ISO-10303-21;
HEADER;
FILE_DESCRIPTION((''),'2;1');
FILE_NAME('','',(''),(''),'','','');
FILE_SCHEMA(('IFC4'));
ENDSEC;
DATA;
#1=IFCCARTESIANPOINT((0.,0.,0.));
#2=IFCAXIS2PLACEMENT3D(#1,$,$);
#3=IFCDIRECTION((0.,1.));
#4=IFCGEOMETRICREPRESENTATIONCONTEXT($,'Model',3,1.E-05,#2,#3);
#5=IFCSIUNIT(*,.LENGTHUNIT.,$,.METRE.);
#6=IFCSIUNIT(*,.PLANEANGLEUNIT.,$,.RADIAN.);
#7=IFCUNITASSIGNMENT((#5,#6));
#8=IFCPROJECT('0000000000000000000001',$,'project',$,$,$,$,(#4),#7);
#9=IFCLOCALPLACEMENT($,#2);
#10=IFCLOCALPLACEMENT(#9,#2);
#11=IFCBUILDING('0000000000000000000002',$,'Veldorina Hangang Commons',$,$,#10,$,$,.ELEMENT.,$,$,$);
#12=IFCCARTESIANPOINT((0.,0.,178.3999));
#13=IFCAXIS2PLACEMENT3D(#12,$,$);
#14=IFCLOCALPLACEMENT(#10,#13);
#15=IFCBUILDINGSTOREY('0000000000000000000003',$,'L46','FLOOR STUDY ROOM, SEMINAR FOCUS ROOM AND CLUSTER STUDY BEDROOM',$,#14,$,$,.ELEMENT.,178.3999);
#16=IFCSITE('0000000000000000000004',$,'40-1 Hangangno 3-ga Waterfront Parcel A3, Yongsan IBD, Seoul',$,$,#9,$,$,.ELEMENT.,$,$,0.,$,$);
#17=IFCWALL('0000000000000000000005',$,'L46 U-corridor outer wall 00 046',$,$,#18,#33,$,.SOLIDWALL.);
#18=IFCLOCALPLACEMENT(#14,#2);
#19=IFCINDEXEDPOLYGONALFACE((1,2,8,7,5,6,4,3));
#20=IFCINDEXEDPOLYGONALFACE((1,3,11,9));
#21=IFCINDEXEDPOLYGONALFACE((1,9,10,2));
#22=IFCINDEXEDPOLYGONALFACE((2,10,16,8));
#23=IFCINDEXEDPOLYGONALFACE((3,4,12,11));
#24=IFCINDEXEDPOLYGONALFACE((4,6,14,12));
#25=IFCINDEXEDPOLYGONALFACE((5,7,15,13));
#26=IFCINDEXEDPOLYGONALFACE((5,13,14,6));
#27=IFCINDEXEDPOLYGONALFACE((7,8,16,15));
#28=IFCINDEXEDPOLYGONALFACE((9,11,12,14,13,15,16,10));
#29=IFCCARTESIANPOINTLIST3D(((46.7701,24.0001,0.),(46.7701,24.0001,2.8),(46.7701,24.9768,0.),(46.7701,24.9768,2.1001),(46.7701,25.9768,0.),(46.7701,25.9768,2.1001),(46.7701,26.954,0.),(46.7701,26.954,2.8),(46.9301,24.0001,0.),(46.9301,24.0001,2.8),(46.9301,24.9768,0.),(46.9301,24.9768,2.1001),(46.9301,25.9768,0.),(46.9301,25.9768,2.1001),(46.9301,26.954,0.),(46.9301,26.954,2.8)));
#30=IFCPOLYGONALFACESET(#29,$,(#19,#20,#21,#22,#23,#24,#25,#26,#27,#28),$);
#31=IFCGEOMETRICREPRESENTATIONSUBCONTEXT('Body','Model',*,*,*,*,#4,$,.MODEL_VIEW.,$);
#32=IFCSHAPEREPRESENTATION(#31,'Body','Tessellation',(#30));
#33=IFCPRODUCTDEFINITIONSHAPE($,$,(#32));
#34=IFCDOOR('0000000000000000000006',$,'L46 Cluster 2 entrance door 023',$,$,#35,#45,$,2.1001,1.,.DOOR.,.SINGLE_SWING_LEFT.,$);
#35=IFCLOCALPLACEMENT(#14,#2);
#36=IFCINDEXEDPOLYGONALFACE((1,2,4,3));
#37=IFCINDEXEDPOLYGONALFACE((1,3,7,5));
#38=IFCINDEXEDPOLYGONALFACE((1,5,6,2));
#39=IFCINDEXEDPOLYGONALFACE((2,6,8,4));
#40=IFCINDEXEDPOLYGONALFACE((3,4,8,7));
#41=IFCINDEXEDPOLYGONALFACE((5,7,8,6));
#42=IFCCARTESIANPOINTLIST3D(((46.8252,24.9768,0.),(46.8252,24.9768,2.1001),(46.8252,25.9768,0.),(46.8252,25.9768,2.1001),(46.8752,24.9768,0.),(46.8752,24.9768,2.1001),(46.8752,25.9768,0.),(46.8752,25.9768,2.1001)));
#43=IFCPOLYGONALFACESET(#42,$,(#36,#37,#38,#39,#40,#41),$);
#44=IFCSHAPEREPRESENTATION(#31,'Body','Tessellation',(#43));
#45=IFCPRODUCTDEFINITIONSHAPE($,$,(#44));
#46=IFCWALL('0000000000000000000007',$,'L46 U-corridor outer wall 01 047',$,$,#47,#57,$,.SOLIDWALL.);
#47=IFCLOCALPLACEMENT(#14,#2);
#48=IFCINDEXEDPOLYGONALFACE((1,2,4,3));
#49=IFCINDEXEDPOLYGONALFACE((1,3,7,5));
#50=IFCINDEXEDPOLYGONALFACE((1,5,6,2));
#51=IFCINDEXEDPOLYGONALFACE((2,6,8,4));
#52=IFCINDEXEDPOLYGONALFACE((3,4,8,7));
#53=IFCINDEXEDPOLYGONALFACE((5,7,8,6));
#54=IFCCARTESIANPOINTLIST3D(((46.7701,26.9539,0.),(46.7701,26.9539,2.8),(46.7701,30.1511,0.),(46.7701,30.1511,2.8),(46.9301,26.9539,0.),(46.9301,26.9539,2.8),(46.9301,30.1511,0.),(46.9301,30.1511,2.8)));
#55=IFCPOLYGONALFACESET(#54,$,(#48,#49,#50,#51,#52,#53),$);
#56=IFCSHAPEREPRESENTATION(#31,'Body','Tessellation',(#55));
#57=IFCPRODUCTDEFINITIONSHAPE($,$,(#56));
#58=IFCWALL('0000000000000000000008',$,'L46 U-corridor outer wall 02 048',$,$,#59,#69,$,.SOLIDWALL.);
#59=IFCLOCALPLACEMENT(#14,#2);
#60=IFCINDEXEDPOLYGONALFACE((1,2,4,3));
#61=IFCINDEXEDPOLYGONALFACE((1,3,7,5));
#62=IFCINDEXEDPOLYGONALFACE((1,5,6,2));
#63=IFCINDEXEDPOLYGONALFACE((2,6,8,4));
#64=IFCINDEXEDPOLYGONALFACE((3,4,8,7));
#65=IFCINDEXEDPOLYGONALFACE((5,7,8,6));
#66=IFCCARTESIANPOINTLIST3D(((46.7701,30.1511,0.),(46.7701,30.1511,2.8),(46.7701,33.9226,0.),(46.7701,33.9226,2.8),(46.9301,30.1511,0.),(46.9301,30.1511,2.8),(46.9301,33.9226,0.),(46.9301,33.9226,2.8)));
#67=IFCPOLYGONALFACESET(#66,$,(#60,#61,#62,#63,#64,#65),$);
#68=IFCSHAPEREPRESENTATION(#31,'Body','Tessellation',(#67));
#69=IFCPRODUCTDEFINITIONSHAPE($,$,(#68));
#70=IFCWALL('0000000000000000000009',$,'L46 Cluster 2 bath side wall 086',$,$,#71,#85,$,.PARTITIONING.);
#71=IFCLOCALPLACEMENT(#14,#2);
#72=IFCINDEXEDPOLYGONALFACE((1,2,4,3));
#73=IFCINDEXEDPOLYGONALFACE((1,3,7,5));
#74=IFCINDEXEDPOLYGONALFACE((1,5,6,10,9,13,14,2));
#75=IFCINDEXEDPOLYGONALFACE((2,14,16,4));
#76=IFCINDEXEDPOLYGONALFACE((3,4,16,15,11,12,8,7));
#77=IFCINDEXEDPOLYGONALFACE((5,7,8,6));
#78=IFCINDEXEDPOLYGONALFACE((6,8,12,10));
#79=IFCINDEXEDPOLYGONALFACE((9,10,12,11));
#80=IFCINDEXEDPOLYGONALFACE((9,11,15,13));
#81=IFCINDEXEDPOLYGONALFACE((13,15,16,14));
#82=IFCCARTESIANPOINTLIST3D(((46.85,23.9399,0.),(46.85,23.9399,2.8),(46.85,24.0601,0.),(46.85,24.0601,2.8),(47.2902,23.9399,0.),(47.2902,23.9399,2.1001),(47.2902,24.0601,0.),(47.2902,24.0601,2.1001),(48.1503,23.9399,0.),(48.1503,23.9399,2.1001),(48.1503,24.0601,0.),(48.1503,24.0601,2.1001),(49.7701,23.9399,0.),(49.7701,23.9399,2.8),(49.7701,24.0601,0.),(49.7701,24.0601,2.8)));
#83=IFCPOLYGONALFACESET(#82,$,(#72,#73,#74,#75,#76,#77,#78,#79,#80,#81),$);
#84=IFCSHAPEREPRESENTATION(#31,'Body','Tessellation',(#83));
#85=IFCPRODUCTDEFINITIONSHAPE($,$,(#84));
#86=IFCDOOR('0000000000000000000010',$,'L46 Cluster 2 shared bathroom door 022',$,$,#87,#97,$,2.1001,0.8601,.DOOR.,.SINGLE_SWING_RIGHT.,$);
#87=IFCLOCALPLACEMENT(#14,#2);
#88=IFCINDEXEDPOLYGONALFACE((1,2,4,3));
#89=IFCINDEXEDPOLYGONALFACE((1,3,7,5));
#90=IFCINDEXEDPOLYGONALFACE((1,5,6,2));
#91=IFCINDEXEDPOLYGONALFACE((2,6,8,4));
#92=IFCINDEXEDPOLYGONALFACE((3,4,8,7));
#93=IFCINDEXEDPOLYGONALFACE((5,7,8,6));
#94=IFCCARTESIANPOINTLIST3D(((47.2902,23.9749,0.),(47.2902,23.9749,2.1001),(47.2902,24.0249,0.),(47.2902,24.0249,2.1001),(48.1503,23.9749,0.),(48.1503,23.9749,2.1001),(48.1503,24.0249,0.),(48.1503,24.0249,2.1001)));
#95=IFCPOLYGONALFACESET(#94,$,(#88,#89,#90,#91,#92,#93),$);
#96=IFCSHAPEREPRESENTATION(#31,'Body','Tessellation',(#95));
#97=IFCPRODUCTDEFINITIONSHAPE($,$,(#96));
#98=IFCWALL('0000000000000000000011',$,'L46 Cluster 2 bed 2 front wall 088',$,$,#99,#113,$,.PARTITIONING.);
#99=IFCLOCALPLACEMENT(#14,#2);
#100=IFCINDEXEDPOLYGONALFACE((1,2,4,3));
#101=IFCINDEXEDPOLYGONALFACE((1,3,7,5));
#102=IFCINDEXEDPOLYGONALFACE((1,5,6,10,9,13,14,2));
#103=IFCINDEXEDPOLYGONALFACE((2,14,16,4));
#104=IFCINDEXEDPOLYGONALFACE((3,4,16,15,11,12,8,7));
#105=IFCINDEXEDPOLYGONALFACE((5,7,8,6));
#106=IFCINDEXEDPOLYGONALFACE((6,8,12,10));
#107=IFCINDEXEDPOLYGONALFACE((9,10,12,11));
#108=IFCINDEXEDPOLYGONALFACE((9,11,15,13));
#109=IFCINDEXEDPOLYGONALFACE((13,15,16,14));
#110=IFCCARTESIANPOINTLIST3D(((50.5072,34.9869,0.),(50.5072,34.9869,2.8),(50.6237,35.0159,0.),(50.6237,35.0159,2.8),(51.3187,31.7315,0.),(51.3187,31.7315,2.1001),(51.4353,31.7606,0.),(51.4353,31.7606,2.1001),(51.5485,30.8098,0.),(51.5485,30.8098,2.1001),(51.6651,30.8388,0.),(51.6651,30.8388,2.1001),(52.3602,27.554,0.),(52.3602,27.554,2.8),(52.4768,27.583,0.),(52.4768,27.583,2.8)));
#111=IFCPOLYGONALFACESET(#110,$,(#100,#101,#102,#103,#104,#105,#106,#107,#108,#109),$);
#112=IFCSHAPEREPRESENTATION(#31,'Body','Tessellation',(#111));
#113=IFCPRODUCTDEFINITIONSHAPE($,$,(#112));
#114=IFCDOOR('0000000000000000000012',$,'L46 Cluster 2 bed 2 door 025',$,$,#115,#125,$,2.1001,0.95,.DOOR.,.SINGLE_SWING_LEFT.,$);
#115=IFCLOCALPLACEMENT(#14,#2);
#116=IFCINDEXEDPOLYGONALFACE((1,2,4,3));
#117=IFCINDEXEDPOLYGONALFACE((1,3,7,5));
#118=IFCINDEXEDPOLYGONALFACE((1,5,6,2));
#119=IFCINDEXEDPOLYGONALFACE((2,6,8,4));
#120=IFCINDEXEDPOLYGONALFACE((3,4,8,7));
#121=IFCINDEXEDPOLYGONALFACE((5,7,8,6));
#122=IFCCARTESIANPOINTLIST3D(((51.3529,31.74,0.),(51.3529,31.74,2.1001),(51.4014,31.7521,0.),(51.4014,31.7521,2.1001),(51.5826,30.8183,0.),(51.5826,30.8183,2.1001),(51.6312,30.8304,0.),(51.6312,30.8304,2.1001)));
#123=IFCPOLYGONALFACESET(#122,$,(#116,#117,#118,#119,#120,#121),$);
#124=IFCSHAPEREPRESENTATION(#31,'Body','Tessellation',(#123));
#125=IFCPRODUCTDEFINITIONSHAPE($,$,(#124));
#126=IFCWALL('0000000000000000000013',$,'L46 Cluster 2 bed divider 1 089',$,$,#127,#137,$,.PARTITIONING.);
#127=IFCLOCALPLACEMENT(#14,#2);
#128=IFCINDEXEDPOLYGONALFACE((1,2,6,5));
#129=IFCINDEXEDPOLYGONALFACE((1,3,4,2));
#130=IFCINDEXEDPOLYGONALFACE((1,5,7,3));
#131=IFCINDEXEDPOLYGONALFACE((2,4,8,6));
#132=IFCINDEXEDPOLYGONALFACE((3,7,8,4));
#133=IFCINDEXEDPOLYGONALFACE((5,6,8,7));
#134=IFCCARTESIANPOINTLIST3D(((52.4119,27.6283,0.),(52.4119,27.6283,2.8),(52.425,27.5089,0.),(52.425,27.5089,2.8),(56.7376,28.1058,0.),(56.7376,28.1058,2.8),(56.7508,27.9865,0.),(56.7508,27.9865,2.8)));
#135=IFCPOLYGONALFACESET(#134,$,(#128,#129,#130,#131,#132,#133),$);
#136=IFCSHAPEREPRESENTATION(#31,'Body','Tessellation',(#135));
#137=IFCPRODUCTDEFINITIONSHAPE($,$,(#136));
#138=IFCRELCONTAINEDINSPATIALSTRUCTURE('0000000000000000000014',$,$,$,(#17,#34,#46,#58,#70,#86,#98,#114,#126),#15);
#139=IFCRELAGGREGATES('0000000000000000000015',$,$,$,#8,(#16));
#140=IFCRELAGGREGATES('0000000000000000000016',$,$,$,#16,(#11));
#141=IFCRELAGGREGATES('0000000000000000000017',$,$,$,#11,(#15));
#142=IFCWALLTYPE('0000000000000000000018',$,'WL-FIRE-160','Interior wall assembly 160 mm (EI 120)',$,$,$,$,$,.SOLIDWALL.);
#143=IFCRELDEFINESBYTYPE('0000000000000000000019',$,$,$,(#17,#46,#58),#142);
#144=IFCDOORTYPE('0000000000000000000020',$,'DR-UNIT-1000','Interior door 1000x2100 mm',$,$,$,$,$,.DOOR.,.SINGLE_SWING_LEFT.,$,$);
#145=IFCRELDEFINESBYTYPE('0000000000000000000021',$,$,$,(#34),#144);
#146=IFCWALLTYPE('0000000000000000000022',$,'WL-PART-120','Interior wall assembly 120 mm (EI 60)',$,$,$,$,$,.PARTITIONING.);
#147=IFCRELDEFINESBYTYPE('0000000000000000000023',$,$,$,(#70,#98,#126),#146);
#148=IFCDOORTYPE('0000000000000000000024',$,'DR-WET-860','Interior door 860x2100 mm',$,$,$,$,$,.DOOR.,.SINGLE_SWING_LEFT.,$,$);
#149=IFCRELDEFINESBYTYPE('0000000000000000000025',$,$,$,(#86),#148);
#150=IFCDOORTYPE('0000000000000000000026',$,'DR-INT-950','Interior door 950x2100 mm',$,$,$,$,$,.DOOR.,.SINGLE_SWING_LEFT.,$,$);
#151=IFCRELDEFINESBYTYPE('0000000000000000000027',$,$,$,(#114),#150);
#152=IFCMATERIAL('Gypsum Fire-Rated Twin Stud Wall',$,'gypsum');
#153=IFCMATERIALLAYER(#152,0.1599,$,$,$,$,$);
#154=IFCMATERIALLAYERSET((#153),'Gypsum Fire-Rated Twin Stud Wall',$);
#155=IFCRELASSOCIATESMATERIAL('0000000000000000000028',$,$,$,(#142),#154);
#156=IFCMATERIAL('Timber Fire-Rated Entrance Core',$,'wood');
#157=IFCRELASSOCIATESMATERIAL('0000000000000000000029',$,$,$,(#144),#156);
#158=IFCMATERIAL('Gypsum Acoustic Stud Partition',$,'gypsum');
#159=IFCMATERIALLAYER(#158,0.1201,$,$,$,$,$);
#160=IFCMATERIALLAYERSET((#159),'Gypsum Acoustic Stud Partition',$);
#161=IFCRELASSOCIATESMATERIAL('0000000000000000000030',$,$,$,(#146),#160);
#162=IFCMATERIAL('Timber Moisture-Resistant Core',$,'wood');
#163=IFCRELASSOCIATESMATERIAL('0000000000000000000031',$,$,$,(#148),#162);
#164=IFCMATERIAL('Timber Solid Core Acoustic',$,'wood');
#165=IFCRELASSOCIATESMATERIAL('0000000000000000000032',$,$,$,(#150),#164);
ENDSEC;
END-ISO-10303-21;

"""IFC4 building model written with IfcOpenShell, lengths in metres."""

from ifc_helpers import new_model, si_unit, direction, frame, frame_2d, origin, place, context, subcontext, project, spatial, rectangle, extrude, material, layer, layer_set, type_object, element, fill, save


model = new_model("IFC4")

# Units and contexts
model_context = context("Model", 3, precision=1e-05, world=origin(), true_north=direction((0.0, 1.0)))
body_context = subcontext(model_context, "Body", "Model", "MODEL_VIEW")
ifc_project = project(units=[si_unit("LENGTHUNIT", "METRE"), si_unit("PLANEANGLEUNIT", "RADIAN")], contexts=[model_context])

# Site, building, storey
site_placement = place(None, origin())
site = spatial("IfcSite", under=ifc_project, at=site_placement, Name="40-1 Hangangno 3-ga Waterfront Parcel A3, Yongsan IBD, Seoul", CompositionType="ELEMENT", RefElevation=0.0)
building_placement = place(site_placement, origin())
building = spatial("IfcBuilding", under=site, at=building_placement, Name="Veldorina Hangang Commons", CompositionType="ELEMENT")
storey_placement = place(building_placement, frame((0.0, 0.0, 178.3999)))
storey = spatial("IfcBuildingStorey", under=building, at=storey_placement, Name="L46", Description="FLOOR STUDY ROOM, SEMINAR FOCUS ROOM AND CLUSTER STUDY BEDROOM", CompositionType="ELEMENT", Elevation=178.3999)

# Wall, opening, door
ifc_material_1 = material(Name="Gypsum Fire-Rated Twin Stud Wall", Category="gypsum")
ifc_layer_1 = layer(ifc_material_1, 0.1599)
ifc_layer_set_1 = layer_set([ifc_layer_1], Name="Gypsum Fire-Rated Twin Stud Wall")
wall_type_1 = type_object("IfcWallType", Name="WL-FIRE-160", Description="Interior wall assembly 160 mm (EI 120)", PredefinedType="SOLIDWALL", material=ifc_layer_set_1)
wall_1_placement = place(storey_placement, frame((46.8501, 24.0, 0.0), z_axis=(0.0, 0.0, 1.0), x_axis=(0.0, 1.0, 0.0)))
wall_1 = element("IfcWall", 1, at=wall_1_placement, inside=storey, type_object=wall_type_1, Name="L46 U-corridor outer wall 00 046", PredefinedType="SOLIDWALL", context=body_context, shape_type="SweptSolid", body=[
    extrude(rectangle(XDim=2.9539, YDim=0.1599, at=frame_2d((1.4771, 0.0))), origin(), (0.0, 0.0, 1.0), 2.8),
])
opening_1_placement = place(wall_1_placement, frame((0.9768, 0.0, 0.0)))
opening_1 = element("IfcOpeningElement", 2, at=opening_1_placement, cuts=wall_1, PredefinedType="OPENING", context=body_context, shape_type="SweptSolid", body=[
    extrude(rectangle(XDim=1.0, YDim=2.1001, at=frame_2d((0.5, 1.05))), frame((0.0, 0.0898, 0.0), z_axis=(0.0, -1.0, 0.0), x_axis=(1.0, 0.0, 0.0)), (0.0, 0.0, 1.0), 0.1799),
])
ifc_material_2 = material(Name="Timber Fire-Rated Entrance Core", Category="wood")
door_type_1 = type_object("IfcDoorType", Name="DR-UNIT-1000", Description="Interior door 1000x2100 mm", OperationType="SINGLE_SWING_LEFT", PredefinedType="DOOR", material=ifc_material_2)
door_1_placement = place(opening_1_placement, origin())
door_1 = element("IfcDoor", 3, at=door_1_placement, inside=storey, type_object=door_type_1, Name="L46 Cluster 2 entrance door 023", OperationType="SINGLE_SWING_LEFT", OverallHeight=2.1001, OverallWidth=1.0, PredefinedType="DOOR", context=body_context, shape_type="SweptSolid", body=[
    extrude(rectangle(XDim=1.0, YDim=2.1001, at=frame_2d((0.5, 1.05))), frame((0.0, 0.0249, 0.0), z_axis=(0.0, -1.0, 0.0), x_axis=(1.0, 0.0, 0.0)), (0.0, 0.0, 1.0), 0.05),
])
fill(opening_1, door_1)

# Walls
wall_2_placement = place(storey_placement, frame((46.8501, 26.9539, 0.0), z_axis=(0.0, 0.0, 1.0), x_axis=(0.0, 1.0, 0.0)))
element("IfcWall", 4, at=wall_2_placement, inside=storey, type_object=wall_type_1, Name="L46 U-corridor outer wall 01 047", PredefinedType="SOLIDWALL", context=body_context, shape_type="SweptSolid", body=[
    extrude(rectangle(XDim=3.1973, YDim=0.1599, at=frame_2d((1.5986, 0.0))), origin(), (0.0, 0.0, 1.0), 2.8),
])
wall_3_placement = place(storey_placement, frame((46.8501, 30.1511, 0.0), z_axis=(0.0, 0.0, 1.0), x_axis=(0.0, 1.0, 0.0)))
element("IfcWall", 5, at=wall_3_placement, inside=storey, type_object=wall_type_1, Name="L46 U-corridor outer wall 02 048", PredefinedType="SOLIDWALL", context=body_context, shape_type="SweptSolid", body=[
    extrude(rectangle(XDim=3.7715, YDim=0.1599, at=frame_2d((1.8857, 0.0))), origin(), (0.0, 0.0, 1.0), 2.8),
])

# Walls, openings, doors
ifc_material_3 = material(Name="Gypsum Acoustic Stud Partition", Category="gypsum")
ifc_layer_2 = layer(ifc_material_3, 0.1201)
ifc_layer_set_2 = layer_set([ifc_layer_2], Name="Gypsum Acoustic Stud Partition")
wall_type_2 = type_object("IfcWallType", Name="WL-PART-120", Description="Interior wall assembly 120 mm (EI 60)", PredefinedType="PARTITIONING", material=ifc_layer_set_2)
wall_4_placement = place(storey_placement, frame((46.8501, 24.0, 0.0), z_axis=(0.0, 0.0, 1.0), x_axis=(1.0, 0.0, 0.0)))
wall_4 = element("IfcWall", 6, at=wall_4_placement, inside=storey, type_object=wall_type_2, Name="L46 Cluster 2 bath side wall 086", PredefinedType="PARTITIONING", context=body_context, shape_type="SweptSolid", body=[
    extrude(rectangle(XDim=2.9202, YDim=0.1201, at=frame_2d((1.46, 0.0))), origin(), (0.0, 0.0, 1.0), 2.8),
])
opening_2_placement = place(wall_4_placement, frame((0.4399, 0.0, 0.0)))
opening_2 = element("IfcOpeningElement", 7, at=opening_2_placement, cuts=wall_4, PredefinedType="OPENING", context=body_context, shape_type="SweptSolid", body=[
    extrude(rectangle(XDim=0.8601, YDim=2.1001, at=frame_2d((0.4302, 1.05))), frame((0.0, 0.0701, 0.0), z_axis=(0.0, -1.0, 0.0), x_axis=(1.0, 0.0, 0.0)), (0.0, 0.0, 1.0), 0.1401),
])
ifc_material_4 = material(Name="Timber Moisture-Resistant Core", Category="wood")
door_type_2 = type_object("IfcDoorType", Name="DR-WET-860", Description="Interior door 860x2100 mm", OperationType="SINGLE_SWING_LEFT", PredefinedType="DOOR", material=ifc_material_4)
door_2_placement = place(opening_2_placement, origin())
door_2 = element("IfcDoor", 8, at=door_2_placement, inside=storey, type_object=door_type_2, Name="L46 Cluster 2 shared bathroom door 022", OperationType="SINGLE_SWING_RIGHT", OverallHeight=2.1001, OverallWidth=0.8601, PredefinedType="DOOR", context=body_context, shape_type="SweptSolid", body=[
    extrude(rectangle(XDim=0.8601, YDim=2.1001, at=frame_2d((0.4302, 1.05))), frame((0.0, 0.0249, 0.0), z_axis=(0.0, -1.0, 0.0), x_axis=(1.0, 0.0, 0.0)), (0.0, 0.0, 1.0), 0.05),
])
fill(opening_2, door_2)
wall_5_placement = place(storey_placement, frame((52.4185, 27.5686, 0.0), z_axis=(0.0, 0.0, 1.0), x_axis=(-0.241898, 0.970302, 0.0)))
wall_5 = element("IfcWall", 9, at=wall_5_placement, inside=storey, type_object=wall_type_2, Name="L46 Cluster 2 bed 2 front wall 088", PredefinedType="PARTITIONING", context=body_context, shape_type="SweptSolid", body=[
    extrude(rectangle(XDim=7.6604, YDim=0.1201, at=frame_2d((3.8301, 0.0))), origin(), (0.0, 0.0, 1.0), 2.8),
])
opening_3_placement = place(wall_5_placement, frame((3.3552, 0.0, 0.0)))
opening_3 = element("IfcOpeningElement", 10, at=opening_3_placement, cuts=wall_5, PredefinedType="OPENING", context=body_context, shape_type="SweptSolid", body=[
    extrude(rectangle(XDim=0.95, YDim=2.1001, at=frame_2d((0.4751, 1.05))), frame((0.0, 0.0701, 0.0), z_axis=(0.0, -1.0, 0.0), x_axis=(1.0, 0.0, 0.0)), (0.0, 0.0, 1.0), 0.1401),
])
ifc_material_5 = material(Name="Timber Solid Core Acoustic", Category="wood")
door_type_3 = type_object("IfcDoorType", Name="DR-INT-950", Description="Interior door 950x2100 mm", OperationType="SINGLE_SWING_LEFT", PredefinedType="DOOR", material=ifc_material_5)
door_3_placement = place(opening_3_placement, origin())
door_3 = element("IfcDoor", 11, at=door_3_placement, inside=storey, type_object=door_type_3, Name="L46 Cluster 2 bed 2 door 025", OperationType="SINGLE_SWING_LEFT", OverallHeight=2.1001, OverallWidth=0.95, PredefinedType="DOOR", context=body_context, shape_type="SweptSolid", body=[
    extrude(rectangle(XDim=0.95, YDim=2.1001, at=frame_2d((0.4751, 1.05))), frame((0.0, 0.0249, 0.0), z_axis=(0.0, -1.0, 0.0), x_axis=(1.0, 0.0, 0.0)), (0.0, 0.0, 1.0), 0.05),
])
fill(opening_3, door_3)

# Wall
wall_6_placement = place(storey_placement, frame((52.4185, 27.5686, 0.0), z_axis=(0.0, 0.0, 1.0), x_axis=(0.993961, 0.10973, 0.0)))
element("IfcWall", 12, at=wall_6_placement, inside=storey, type_object=wall_type_2, Name="L46 Cluster 2 bed divider 1 089", PredefinedType="PARTITIONING", context=body_context, shape_type="SweptSolid", body=[
    extrude(rectangle(XDim=4.3521, YDim=0.1201, at=frame_2d((2.176, 0.0))), origin(), (0.0, 0.0, 1.0), 2.8),
])

save(model, "model.ifc")
